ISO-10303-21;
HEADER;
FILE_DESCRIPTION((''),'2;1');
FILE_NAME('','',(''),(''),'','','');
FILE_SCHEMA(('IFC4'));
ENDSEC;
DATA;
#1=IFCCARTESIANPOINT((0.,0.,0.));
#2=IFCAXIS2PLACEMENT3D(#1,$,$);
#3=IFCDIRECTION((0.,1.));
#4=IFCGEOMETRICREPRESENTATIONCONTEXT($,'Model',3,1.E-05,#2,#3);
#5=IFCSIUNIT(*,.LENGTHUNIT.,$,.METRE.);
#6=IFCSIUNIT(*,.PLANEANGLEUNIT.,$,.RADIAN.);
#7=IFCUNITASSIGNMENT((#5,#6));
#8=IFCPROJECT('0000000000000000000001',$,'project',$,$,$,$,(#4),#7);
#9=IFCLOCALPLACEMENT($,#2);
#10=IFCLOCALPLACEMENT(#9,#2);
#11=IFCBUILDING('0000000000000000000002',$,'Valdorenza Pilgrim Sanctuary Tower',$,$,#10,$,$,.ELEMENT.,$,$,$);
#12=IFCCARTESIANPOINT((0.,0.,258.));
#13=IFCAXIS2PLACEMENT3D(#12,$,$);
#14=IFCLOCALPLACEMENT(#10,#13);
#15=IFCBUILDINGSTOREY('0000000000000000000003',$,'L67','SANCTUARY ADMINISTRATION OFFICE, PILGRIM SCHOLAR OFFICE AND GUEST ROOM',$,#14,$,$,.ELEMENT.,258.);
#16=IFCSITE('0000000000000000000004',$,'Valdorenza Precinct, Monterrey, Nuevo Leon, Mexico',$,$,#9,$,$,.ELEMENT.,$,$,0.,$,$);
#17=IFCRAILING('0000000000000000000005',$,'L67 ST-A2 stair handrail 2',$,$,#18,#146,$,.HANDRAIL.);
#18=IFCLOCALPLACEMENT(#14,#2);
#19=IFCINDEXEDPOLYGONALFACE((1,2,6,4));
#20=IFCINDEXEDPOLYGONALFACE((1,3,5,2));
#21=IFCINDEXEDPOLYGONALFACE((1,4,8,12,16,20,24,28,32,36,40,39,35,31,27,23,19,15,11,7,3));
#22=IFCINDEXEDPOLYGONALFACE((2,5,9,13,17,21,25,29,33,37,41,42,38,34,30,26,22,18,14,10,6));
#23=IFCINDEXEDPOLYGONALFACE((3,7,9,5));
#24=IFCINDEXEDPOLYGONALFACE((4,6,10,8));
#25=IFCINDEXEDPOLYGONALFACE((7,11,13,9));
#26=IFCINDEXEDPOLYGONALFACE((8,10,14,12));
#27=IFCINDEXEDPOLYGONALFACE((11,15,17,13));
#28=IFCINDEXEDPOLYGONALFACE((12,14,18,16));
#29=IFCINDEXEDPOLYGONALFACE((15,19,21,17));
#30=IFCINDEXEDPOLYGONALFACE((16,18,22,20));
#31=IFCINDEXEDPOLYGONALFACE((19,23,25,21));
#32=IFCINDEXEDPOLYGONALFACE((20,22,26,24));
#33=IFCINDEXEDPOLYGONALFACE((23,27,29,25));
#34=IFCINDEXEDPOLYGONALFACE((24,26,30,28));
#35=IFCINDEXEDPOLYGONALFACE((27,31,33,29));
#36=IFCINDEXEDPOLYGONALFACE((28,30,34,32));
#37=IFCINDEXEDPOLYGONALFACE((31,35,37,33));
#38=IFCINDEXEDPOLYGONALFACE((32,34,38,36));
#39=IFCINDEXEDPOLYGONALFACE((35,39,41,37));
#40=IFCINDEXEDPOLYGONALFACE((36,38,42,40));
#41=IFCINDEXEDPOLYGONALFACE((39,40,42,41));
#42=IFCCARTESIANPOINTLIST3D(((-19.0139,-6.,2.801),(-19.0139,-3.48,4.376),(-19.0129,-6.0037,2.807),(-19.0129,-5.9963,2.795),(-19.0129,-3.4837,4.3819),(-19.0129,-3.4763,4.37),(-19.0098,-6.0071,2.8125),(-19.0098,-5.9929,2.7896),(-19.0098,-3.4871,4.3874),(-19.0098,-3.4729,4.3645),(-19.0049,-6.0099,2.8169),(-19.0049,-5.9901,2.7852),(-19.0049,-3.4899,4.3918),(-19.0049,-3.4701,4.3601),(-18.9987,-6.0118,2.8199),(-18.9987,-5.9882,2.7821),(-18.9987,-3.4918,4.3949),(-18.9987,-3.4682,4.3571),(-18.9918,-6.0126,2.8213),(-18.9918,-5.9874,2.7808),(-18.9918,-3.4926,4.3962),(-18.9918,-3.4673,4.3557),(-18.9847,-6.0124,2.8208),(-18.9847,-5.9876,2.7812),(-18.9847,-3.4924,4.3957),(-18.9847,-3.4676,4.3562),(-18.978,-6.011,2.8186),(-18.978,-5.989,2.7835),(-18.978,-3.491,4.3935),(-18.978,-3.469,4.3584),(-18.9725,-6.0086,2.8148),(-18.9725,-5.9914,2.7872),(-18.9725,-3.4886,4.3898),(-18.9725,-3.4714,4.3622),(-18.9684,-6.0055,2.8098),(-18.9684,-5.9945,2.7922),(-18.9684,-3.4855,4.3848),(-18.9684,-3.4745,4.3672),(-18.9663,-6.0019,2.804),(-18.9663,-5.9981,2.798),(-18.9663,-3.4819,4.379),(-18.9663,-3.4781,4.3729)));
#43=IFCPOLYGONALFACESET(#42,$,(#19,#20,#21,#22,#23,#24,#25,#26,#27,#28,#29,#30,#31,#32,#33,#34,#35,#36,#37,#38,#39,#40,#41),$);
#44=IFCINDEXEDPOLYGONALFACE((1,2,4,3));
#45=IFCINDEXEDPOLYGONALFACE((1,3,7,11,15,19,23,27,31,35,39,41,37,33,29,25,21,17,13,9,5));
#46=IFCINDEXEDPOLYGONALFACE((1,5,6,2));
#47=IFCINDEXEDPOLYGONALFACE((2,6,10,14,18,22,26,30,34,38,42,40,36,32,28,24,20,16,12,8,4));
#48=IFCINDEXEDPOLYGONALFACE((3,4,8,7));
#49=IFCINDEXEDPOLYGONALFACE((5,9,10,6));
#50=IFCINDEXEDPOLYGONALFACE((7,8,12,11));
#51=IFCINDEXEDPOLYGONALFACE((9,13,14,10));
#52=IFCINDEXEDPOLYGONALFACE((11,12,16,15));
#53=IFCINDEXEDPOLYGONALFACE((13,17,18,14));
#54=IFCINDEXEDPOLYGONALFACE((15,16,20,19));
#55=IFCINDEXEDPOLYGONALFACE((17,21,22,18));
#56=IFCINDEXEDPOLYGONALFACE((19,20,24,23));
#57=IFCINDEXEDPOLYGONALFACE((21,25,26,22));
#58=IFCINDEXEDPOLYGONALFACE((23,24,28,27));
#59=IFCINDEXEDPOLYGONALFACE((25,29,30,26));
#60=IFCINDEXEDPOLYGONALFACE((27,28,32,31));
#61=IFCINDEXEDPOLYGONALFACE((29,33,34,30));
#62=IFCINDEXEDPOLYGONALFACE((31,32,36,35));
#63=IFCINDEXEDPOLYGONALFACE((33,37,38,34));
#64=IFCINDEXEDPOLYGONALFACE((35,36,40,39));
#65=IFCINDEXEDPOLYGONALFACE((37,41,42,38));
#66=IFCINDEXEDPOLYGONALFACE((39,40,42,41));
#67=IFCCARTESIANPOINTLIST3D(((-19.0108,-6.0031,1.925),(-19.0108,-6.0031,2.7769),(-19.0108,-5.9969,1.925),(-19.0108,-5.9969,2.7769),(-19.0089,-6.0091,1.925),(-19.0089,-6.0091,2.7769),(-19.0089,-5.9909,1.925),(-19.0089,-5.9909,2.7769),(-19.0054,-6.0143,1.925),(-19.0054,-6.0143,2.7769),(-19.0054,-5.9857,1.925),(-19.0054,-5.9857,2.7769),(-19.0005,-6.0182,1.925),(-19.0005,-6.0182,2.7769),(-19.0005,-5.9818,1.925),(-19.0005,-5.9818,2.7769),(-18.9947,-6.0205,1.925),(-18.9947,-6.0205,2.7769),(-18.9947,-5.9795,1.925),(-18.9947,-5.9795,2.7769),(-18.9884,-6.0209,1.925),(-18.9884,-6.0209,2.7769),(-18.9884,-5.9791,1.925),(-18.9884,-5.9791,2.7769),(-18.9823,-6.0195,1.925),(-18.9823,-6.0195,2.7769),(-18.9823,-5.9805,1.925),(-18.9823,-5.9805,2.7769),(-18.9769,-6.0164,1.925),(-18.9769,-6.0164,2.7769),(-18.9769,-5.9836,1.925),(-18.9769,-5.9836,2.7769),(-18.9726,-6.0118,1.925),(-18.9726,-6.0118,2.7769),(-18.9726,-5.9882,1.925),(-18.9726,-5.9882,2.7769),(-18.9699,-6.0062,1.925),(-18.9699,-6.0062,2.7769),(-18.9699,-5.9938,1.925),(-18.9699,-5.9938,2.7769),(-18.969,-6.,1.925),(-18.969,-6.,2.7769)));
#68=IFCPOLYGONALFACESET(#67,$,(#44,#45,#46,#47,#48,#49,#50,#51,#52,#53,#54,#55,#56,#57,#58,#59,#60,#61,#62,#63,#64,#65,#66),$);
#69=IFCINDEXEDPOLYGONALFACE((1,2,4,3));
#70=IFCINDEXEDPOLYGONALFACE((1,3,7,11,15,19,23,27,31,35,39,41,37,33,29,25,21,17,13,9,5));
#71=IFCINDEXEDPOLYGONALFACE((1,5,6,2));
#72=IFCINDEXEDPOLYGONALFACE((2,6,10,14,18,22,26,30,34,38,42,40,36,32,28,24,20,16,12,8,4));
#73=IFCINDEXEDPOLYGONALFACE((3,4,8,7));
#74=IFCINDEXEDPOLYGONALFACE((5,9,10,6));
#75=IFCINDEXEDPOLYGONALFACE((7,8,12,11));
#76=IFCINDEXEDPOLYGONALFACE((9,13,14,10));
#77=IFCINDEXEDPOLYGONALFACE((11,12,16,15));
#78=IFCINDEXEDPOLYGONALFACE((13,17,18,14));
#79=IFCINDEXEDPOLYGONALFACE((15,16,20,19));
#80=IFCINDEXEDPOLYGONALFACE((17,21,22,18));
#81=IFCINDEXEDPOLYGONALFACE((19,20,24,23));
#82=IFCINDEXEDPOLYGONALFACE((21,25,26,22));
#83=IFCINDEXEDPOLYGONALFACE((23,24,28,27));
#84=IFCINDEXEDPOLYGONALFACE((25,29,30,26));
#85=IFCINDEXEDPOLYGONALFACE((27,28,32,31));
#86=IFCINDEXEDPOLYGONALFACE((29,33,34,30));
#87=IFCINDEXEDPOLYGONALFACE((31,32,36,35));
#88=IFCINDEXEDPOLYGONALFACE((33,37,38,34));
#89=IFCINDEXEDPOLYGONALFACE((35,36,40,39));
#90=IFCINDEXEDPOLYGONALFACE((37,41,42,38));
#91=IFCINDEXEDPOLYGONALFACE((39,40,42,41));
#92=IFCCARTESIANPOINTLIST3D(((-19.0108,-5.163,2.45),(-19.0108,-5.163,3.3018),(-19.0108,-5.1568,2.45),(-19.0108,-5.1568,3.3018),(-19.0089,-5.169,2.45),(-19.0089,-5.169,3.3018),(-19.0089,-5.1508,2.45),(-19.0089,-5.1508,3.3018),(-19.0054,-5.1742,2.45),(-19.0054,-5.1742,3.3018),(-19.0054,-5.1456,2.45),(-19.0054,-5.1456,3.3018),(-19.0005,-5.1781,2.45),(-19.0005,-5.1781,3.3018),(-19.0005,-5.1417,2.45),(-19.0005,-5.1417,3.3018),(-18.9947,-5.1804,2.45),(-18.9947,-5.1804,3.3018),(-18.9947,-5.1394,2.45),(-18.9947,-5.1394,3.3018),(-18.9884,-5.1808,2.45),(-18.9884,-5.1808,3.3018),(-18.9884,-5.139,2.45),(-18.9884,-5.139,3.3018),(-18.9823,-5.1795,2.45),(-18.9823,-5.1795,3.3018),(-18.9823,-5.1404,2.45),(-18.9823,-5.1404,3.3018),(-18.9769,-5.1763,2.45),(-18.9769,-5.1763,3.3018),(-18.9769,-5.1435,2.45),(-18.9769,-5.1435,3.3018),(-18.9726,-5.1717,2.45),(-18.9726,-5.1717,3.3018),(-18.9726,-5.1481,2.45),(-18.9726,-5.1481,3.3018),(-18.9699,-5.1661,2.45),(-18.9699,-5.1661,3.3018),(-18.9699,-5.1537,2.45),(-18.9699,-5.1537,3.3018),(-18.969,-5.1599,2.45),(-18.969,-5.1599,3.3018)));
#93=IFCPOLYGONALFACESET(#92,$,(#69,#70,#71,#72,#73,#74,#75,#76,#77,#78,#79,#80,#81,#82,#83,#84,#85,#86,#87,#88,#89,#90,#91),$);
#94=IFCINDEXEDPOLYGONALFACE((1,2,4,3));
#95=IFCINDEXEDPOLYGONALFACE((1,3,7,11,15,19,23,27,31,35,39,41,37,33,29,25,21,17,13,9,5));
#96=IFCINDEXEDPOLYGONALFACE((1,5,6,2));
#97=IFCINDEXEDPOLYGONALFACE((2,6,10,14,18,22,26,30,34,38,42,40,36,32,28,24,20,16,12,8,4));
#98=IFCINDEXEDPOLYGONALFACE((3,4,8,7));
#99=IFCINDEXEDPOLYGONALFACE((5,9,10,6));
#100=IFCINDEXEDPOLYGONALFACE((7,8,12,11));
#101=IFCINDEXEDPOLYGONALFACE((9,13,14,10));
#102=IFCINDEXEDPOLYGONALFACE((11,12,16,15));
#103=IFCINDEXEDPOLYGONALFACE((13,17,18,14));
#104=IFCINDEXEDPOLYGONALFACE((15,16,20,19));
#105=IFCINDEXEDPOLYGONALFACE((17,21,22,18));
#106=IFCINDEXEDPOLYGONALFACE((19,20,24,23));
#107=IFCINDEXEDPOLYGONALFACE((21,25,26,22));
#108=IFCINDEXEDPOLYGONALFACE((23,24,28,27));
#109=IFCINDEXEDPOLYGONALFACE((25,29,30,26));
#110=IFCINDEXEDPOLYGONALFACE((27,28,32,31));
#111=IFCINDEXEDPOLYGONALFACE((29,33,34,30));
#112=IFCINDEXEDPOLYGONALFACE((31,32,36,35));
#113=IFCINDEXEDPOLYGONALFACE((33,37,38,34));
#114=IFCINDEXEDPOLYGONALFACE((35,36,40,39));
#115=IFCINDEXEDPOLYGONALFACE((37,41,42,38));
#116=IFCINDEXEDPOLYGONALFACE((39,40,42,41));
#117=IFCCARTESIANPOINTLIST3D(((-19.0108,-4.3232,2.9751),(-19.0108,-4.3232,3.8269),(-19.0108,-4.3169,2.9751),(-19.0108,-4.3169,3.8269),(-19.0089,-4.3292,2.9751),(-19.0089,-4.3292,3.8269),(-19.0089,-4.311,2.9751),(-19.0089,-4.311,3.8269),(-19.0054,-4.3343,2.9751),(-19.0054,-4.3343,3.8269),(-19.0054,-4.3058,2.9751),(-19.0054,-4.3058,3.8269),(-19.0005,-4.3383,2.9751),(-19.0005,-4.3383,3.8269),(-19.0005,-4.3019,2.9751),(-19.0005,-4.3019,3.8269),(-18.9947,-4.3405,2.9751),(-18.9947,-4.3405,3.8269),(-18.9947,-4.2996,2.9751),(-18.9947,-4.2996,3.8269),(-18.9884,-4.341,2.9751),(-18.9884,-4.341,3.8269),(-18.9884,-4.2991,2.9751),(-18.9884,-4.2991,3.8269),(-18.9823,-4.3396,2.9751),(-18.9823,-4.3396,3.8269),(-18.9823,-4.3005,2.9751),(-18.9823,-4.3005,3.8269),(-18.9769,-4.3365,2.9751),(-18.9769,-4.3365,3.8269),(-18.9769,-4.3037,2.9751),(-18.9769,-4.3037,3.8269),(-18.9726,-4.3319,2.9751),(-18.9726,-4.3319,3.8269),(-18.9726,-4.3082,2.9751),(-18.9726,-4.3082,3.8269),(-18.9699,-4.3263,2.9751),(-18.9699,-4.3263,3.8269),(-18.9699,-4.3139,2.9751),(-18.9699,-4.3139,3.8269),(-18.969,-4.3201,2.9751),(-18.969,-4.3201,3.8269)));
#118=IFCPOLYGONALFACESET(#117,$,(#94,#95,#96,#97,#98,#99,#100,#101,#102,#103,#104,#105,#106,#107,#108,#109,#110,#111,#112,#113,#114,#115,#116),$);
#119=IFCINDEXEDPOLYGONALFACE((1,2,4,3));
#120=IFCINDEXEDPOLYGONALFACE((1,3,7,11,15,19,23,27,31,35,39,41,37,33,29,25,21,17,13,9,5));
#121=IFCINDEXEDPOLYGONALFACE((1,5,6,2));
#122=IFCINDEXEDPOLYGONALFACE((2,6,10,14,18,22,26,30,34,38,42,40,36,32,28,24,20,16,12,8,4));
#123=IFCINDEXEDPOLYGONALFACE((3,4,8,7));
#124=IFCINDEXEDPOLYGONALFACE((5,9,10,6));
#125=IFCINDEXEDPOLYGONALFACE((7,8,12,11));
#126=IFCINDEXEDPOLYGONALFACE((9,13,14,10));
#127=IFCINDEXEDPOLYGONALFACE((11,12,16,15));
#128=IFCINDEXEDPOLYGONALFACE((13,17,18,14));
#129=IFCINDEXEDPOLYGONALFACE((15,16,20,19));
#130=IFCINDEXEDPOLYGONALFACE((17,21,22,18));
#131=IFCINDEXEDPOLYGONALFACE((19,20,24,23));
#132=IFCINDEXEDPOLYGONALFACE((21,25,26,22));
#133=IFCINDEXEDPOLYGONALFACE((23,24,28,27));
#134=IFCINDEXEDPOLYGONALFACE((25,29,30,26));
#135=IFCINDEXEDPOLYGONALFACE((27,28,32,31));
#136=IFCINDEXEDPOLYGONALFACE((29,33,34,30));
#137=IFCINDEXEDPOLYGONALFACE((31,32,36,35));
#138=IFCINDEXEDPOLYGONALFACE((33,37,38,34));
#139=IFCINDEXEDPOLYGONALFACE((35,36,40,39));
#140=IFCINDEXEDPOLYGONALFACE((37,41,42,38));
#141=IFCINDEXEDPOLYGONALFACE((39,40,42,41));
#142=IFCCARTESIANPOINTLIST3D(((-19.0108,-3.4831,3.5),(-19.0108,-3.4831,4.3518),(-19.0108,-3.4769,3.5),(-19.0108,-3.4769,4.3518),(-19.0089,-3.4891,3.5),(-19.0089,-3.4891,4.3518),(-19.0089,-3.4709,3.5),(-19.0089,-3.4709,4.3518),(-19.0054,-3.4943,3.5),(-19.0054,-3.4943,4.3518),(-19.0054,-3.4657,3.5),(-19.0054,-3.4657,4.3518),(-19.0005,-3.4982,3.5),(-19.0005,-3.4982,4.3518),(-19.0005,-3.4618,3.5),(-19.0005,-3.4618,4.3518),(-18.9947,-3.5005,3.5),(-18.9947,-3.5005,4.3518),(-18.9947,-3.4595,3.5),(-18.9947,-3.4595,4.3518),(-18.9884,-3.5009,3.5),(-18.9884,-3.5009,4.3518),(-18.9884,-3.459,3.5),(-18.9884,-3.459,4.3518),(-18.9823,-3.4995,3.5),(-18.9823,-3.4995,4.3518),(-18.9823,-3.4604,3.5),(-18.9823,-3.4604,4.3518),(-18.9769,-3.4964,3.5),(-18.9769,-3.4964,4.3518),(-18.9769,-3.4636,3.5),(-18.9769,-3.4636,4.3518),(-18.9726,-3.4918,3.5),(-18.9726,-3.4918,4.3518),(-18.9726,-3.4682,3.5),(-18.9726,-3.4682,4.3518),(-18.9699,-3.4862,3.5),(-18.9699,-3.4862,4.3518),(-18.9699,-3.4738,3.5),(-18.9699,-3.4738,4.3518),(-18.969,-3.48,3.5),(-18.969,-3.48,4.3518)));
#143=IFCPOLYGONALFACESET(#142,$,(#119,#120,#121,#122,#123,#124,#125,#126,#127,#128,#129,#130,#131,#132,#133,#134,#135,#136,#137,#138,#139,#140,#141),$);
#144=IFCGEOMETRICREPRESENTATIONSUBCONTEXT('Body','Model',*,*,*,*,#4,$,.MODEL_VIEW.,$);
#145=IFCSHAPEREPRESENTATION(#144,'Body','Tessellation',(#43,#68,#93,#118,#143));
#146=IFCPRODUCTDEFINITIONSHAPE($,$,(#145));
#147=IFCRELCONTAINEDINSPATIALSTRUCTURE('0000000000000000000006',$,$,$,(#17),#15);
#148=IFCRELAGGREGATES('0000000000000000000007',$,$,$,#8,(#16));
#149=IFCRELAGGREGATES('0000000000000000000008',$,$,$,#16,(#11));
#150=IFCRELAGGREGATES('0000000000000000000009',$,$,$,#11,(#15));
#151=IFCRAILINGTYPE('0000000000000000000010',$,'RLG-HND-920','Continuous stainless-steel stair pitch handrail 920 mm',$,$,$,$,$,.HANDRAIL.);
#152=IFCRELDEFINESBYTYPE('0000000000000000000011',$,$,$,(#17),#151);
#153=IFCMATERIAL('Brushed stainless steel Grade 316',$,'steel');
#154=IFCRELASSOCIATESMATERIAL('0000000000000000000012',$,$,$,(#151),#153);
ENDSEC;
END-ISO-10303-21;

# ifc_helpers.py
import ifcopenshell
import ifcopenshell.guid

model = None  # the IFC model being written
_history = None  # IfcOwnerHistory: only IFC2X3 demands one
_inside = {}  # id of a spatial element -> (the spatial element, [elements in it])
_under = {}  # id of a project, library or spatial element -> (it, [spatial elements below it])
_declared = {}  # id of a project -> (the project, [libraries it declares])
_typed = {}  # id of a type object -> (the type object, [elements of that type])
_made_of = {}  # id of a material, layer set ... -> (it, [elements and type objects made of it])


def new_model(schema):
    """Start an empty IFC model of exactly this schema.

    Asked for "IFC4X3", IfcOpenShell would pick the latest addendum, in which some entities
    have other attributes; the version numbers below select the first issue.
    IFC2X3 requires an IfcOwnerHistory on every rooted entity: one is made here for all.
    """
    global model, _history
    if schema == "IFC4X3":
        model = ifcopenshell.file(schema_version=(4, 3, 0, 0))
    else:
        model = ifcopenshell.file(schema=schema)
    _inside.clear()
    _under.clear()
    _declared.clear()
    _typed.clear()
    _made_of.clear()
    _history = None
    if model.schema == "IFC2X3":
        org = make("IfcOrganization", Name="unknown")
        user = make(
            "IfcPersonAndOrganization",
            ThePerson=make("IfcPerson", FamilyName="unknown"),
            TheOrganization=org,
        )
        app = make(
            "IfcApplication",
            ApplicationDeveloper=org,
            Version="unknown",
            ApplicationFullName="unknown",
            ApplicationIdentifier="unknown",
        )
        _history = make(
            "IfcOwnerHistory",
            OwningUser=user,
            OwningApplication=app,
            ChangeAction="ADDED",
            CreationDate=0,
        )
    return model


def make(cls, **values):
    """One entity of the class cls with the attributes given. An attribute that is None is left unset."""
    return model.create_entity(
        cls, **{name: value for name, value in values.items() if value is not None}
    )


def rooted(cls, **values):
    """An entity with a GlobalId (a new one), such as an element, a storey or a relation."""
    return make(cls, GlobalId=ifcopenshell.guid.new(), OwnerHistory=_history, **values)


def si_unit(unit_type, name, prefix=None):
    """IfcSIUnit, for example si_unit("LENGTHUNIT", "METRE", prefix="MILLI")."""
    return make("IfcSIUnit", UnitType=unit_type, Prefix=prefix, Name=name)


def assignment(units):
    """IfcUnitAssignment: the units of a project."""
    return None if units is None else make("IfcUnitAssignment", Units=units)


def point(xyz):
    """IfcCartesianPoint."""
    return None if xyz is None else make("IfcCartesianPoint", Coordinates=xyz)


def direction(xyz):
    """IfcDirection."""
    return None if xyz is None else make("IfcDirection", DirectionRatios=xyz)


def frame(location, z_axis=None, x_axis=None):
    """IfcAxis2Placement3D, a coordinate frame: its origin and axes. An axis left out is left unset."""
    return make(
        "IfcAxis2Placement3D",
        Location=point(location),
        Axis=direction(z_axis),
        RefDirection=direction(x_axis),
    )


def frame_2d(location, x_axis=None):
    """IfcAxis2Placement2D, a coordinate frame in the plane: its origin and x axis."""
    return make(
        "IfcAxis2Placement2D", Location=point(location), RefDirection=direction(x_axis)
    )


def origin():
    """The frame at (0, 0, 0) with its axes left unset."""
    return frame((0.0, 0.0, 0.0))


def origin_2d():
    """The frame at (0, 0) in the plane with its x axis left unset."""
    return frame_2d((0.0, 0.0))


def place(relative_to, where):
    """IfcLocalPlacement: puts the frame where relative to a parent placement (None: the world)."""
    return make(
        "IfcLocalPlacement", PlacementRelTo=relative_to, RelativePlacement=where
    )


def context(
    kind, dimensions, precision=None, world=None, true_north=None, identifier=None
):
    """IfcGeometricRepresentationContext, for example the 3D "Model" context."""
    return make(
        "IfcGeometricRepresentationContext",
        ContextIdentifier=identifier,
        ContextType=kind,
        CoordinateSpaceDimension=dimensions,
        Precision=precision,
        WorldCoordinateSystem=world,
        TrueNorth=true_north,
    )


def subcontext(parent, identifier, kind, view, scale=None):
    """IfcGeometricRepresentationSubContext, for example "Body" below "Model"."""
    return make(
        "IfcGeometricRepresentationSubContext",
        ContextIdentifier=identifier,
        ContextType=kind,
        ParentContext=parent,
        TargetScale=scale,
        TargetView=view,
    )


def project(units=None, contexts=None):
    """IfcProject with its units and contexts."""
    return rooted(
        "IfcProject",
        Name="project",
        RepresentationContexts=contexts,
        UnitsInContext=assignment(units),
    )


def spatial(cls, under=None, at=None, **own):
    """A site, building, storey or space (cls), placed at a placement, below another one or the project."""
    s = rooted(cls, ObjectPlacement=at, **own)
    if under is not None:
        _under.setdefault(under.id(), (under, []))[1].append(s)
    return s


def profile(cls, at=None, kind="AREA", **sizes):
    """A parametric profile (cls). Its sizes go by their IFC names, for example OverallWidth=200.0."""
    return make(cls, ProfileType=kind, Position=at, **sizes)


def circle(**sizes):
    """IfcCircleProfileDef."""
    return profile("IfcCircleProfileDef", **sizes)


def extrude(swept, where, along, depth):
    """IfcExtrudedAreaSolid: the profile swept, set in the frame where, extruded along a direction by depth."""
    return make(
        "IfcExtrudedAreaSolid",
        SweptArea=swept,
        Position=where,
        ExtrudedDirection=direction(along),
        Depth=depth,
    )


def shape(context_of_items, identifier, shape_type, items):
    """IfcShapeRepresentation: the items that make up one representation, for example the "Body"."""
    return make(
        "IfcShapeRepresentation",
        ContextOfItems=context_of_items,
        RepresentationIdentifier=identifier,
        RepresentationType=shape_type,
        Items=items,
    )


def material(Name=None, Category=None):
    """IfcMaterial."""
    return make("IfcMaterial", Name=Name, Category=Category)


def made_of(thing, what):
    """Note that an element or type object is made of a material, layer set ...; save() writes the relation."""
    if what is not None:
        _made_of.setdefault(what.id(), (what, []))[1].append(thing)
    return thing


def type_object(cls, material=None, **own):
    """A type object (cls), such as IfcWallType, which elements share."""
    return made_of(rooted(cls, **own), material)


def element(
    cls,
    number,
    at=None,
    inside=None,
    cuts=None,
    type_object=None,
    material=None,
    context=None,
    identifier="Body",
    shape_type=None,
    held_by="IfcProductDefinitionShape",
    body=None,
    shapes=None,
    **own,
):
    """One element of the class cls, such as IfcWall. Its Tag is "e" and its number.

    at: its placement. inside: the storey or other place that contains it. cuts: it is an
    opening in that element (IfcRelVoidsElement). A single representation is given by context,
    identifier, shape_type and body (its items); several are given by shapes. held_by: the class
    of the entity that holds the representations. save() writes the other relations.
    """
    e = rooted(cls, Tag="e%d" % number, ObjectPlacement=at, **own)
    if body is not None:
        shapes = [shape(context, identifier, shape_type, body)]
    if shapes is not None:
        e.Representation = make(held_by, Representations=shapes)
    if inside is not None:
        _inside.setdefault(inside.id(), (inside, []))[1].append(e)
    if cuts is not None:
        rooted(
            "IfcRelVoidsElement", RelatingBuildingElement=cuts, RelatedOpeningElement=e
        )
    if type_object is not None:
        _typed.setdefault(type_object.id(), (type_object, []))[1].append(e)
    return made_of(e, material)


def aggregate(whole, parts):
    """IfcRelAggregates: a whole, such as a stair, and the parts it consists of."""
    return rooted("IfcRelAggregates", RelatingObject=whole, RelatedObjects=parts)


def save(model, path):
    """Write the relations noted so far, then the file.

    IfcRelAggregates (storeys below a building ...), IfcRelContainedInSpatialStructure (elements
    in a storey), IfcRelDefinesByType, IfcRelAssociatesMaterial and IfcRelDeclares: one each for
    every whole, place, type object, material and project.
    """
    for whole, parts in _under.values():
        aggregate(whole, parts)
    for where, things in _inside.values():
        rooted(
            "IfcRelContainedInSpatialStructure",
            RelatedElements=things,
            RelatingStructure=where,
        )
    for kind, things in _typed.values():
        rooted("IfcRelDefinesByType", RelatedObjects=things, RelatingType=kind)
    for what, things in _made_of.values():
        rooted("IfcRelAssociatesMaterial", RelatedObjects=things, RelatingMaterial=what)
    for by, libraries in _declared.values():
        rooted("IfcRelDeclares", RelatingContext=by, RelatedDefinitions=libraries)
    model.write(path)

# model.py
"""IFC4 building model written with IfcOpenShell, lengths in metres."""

from ifc_helpers import new_model, si_unit, direction, frame, origin, origin_2d, place, context, subcontext, project, spatial, circle, extrude, material, type_object, element, save


model = new_model("IFC4")

# Units and contexts
model_context = context("Model", 3, precision=1e-05, world=origin(), true_north=direction((0.0, 1.0)))
body_context = subcontext(model_context, "Body", "Model", "MODEL_VIEW")
ifc_project = project(units=[si_unit("LENGTHUNIT", "METRE"), si_unit("PLANEANGLEUNIT", "RADIAN")], contexts=[model_context])

# Site, building, storey
site_placement = place(None, origin())
site = spatial("IfcSite", under=ifc_project, at=site_placement, Name="Valdorenza Precinct, Monterrey, Nuevo Leon, Mexico", CompositionType="ELEMENT", RefElevation=0.0)
building_placement = place(site_placement, origin())
building = spatial("IfcBuilding", under=site, at=building_placement, Name="Valdorenza Pilgrim Sanctuary Tower", CompositionType="ELEMENT")
storey_placement = place(building_placement, frame((0.0, 0.0, 258.0)))
storey = spatial("IfcBuildingStorey", under=building, at=storey_placement, Name="L67", Description="SANCTUARY ADMINISTRATION OFFICE, PILGRIM SCHOLAR OFFICE AND GUEST ROOM", CompositionType="ELEMENT", Elevation=258.0)

# Shared definitions
ifc_material_1 = material(Name="Brushed stainless steel Grade 316", Category="steel")

# Railing
railing_type_1 = type_object("IfcRailingType", Name="RLG-HND-920", Description="Continuous stainless-steel stair pitch handrail 920 mm", PredefinedType="HANDRAIL", material=ifc_material_1)
railing_1_placement = place(storey_placement, frame((-18.99, -6.0, 1.925)))
element("IfcRailing", 1, at=railing_1_placement, inside=storey, type_object=railing_type_1, Name="L67 ST-A2 stair handrail 2", PredefinedType="HANDRAIL", context=body_context, shape_type="SweptSolid", body=[
    extrude(circle(Radius=0.0239, at=origin_2d()), frame((0.0, 0.0, 0.876), z_axis=(0.0, 0.848008, 0.529984), x_axis=(-1.0, 0.0, 0.0)), (0.0, 0.0, 1.0), 2.9717),
    extrude(circle(Radius=0.021, at=origin_2d()), origin(), (0.0, 0.0, 1.0), 0.8518),
    extrude(circle(Radius=0.021, at=origin_2d()), frame((0.0, 0.8401, 0.5249)), (0.0, 0.0, 1.0), 0.8518),
    extrude(circle(Radius=0.021, at=origin_2d()), frame((0.0, 1.6799, 1.05)), (0.0, 0.0, 1.0), 0.8518),
    extrude(circle(Radius=0.021, at=origin_2d()), frame((0.0, 2.52, 1.575)), (0.0, 0.0, 1.0), 0.8518),
])

save(model, "model.ifc")
